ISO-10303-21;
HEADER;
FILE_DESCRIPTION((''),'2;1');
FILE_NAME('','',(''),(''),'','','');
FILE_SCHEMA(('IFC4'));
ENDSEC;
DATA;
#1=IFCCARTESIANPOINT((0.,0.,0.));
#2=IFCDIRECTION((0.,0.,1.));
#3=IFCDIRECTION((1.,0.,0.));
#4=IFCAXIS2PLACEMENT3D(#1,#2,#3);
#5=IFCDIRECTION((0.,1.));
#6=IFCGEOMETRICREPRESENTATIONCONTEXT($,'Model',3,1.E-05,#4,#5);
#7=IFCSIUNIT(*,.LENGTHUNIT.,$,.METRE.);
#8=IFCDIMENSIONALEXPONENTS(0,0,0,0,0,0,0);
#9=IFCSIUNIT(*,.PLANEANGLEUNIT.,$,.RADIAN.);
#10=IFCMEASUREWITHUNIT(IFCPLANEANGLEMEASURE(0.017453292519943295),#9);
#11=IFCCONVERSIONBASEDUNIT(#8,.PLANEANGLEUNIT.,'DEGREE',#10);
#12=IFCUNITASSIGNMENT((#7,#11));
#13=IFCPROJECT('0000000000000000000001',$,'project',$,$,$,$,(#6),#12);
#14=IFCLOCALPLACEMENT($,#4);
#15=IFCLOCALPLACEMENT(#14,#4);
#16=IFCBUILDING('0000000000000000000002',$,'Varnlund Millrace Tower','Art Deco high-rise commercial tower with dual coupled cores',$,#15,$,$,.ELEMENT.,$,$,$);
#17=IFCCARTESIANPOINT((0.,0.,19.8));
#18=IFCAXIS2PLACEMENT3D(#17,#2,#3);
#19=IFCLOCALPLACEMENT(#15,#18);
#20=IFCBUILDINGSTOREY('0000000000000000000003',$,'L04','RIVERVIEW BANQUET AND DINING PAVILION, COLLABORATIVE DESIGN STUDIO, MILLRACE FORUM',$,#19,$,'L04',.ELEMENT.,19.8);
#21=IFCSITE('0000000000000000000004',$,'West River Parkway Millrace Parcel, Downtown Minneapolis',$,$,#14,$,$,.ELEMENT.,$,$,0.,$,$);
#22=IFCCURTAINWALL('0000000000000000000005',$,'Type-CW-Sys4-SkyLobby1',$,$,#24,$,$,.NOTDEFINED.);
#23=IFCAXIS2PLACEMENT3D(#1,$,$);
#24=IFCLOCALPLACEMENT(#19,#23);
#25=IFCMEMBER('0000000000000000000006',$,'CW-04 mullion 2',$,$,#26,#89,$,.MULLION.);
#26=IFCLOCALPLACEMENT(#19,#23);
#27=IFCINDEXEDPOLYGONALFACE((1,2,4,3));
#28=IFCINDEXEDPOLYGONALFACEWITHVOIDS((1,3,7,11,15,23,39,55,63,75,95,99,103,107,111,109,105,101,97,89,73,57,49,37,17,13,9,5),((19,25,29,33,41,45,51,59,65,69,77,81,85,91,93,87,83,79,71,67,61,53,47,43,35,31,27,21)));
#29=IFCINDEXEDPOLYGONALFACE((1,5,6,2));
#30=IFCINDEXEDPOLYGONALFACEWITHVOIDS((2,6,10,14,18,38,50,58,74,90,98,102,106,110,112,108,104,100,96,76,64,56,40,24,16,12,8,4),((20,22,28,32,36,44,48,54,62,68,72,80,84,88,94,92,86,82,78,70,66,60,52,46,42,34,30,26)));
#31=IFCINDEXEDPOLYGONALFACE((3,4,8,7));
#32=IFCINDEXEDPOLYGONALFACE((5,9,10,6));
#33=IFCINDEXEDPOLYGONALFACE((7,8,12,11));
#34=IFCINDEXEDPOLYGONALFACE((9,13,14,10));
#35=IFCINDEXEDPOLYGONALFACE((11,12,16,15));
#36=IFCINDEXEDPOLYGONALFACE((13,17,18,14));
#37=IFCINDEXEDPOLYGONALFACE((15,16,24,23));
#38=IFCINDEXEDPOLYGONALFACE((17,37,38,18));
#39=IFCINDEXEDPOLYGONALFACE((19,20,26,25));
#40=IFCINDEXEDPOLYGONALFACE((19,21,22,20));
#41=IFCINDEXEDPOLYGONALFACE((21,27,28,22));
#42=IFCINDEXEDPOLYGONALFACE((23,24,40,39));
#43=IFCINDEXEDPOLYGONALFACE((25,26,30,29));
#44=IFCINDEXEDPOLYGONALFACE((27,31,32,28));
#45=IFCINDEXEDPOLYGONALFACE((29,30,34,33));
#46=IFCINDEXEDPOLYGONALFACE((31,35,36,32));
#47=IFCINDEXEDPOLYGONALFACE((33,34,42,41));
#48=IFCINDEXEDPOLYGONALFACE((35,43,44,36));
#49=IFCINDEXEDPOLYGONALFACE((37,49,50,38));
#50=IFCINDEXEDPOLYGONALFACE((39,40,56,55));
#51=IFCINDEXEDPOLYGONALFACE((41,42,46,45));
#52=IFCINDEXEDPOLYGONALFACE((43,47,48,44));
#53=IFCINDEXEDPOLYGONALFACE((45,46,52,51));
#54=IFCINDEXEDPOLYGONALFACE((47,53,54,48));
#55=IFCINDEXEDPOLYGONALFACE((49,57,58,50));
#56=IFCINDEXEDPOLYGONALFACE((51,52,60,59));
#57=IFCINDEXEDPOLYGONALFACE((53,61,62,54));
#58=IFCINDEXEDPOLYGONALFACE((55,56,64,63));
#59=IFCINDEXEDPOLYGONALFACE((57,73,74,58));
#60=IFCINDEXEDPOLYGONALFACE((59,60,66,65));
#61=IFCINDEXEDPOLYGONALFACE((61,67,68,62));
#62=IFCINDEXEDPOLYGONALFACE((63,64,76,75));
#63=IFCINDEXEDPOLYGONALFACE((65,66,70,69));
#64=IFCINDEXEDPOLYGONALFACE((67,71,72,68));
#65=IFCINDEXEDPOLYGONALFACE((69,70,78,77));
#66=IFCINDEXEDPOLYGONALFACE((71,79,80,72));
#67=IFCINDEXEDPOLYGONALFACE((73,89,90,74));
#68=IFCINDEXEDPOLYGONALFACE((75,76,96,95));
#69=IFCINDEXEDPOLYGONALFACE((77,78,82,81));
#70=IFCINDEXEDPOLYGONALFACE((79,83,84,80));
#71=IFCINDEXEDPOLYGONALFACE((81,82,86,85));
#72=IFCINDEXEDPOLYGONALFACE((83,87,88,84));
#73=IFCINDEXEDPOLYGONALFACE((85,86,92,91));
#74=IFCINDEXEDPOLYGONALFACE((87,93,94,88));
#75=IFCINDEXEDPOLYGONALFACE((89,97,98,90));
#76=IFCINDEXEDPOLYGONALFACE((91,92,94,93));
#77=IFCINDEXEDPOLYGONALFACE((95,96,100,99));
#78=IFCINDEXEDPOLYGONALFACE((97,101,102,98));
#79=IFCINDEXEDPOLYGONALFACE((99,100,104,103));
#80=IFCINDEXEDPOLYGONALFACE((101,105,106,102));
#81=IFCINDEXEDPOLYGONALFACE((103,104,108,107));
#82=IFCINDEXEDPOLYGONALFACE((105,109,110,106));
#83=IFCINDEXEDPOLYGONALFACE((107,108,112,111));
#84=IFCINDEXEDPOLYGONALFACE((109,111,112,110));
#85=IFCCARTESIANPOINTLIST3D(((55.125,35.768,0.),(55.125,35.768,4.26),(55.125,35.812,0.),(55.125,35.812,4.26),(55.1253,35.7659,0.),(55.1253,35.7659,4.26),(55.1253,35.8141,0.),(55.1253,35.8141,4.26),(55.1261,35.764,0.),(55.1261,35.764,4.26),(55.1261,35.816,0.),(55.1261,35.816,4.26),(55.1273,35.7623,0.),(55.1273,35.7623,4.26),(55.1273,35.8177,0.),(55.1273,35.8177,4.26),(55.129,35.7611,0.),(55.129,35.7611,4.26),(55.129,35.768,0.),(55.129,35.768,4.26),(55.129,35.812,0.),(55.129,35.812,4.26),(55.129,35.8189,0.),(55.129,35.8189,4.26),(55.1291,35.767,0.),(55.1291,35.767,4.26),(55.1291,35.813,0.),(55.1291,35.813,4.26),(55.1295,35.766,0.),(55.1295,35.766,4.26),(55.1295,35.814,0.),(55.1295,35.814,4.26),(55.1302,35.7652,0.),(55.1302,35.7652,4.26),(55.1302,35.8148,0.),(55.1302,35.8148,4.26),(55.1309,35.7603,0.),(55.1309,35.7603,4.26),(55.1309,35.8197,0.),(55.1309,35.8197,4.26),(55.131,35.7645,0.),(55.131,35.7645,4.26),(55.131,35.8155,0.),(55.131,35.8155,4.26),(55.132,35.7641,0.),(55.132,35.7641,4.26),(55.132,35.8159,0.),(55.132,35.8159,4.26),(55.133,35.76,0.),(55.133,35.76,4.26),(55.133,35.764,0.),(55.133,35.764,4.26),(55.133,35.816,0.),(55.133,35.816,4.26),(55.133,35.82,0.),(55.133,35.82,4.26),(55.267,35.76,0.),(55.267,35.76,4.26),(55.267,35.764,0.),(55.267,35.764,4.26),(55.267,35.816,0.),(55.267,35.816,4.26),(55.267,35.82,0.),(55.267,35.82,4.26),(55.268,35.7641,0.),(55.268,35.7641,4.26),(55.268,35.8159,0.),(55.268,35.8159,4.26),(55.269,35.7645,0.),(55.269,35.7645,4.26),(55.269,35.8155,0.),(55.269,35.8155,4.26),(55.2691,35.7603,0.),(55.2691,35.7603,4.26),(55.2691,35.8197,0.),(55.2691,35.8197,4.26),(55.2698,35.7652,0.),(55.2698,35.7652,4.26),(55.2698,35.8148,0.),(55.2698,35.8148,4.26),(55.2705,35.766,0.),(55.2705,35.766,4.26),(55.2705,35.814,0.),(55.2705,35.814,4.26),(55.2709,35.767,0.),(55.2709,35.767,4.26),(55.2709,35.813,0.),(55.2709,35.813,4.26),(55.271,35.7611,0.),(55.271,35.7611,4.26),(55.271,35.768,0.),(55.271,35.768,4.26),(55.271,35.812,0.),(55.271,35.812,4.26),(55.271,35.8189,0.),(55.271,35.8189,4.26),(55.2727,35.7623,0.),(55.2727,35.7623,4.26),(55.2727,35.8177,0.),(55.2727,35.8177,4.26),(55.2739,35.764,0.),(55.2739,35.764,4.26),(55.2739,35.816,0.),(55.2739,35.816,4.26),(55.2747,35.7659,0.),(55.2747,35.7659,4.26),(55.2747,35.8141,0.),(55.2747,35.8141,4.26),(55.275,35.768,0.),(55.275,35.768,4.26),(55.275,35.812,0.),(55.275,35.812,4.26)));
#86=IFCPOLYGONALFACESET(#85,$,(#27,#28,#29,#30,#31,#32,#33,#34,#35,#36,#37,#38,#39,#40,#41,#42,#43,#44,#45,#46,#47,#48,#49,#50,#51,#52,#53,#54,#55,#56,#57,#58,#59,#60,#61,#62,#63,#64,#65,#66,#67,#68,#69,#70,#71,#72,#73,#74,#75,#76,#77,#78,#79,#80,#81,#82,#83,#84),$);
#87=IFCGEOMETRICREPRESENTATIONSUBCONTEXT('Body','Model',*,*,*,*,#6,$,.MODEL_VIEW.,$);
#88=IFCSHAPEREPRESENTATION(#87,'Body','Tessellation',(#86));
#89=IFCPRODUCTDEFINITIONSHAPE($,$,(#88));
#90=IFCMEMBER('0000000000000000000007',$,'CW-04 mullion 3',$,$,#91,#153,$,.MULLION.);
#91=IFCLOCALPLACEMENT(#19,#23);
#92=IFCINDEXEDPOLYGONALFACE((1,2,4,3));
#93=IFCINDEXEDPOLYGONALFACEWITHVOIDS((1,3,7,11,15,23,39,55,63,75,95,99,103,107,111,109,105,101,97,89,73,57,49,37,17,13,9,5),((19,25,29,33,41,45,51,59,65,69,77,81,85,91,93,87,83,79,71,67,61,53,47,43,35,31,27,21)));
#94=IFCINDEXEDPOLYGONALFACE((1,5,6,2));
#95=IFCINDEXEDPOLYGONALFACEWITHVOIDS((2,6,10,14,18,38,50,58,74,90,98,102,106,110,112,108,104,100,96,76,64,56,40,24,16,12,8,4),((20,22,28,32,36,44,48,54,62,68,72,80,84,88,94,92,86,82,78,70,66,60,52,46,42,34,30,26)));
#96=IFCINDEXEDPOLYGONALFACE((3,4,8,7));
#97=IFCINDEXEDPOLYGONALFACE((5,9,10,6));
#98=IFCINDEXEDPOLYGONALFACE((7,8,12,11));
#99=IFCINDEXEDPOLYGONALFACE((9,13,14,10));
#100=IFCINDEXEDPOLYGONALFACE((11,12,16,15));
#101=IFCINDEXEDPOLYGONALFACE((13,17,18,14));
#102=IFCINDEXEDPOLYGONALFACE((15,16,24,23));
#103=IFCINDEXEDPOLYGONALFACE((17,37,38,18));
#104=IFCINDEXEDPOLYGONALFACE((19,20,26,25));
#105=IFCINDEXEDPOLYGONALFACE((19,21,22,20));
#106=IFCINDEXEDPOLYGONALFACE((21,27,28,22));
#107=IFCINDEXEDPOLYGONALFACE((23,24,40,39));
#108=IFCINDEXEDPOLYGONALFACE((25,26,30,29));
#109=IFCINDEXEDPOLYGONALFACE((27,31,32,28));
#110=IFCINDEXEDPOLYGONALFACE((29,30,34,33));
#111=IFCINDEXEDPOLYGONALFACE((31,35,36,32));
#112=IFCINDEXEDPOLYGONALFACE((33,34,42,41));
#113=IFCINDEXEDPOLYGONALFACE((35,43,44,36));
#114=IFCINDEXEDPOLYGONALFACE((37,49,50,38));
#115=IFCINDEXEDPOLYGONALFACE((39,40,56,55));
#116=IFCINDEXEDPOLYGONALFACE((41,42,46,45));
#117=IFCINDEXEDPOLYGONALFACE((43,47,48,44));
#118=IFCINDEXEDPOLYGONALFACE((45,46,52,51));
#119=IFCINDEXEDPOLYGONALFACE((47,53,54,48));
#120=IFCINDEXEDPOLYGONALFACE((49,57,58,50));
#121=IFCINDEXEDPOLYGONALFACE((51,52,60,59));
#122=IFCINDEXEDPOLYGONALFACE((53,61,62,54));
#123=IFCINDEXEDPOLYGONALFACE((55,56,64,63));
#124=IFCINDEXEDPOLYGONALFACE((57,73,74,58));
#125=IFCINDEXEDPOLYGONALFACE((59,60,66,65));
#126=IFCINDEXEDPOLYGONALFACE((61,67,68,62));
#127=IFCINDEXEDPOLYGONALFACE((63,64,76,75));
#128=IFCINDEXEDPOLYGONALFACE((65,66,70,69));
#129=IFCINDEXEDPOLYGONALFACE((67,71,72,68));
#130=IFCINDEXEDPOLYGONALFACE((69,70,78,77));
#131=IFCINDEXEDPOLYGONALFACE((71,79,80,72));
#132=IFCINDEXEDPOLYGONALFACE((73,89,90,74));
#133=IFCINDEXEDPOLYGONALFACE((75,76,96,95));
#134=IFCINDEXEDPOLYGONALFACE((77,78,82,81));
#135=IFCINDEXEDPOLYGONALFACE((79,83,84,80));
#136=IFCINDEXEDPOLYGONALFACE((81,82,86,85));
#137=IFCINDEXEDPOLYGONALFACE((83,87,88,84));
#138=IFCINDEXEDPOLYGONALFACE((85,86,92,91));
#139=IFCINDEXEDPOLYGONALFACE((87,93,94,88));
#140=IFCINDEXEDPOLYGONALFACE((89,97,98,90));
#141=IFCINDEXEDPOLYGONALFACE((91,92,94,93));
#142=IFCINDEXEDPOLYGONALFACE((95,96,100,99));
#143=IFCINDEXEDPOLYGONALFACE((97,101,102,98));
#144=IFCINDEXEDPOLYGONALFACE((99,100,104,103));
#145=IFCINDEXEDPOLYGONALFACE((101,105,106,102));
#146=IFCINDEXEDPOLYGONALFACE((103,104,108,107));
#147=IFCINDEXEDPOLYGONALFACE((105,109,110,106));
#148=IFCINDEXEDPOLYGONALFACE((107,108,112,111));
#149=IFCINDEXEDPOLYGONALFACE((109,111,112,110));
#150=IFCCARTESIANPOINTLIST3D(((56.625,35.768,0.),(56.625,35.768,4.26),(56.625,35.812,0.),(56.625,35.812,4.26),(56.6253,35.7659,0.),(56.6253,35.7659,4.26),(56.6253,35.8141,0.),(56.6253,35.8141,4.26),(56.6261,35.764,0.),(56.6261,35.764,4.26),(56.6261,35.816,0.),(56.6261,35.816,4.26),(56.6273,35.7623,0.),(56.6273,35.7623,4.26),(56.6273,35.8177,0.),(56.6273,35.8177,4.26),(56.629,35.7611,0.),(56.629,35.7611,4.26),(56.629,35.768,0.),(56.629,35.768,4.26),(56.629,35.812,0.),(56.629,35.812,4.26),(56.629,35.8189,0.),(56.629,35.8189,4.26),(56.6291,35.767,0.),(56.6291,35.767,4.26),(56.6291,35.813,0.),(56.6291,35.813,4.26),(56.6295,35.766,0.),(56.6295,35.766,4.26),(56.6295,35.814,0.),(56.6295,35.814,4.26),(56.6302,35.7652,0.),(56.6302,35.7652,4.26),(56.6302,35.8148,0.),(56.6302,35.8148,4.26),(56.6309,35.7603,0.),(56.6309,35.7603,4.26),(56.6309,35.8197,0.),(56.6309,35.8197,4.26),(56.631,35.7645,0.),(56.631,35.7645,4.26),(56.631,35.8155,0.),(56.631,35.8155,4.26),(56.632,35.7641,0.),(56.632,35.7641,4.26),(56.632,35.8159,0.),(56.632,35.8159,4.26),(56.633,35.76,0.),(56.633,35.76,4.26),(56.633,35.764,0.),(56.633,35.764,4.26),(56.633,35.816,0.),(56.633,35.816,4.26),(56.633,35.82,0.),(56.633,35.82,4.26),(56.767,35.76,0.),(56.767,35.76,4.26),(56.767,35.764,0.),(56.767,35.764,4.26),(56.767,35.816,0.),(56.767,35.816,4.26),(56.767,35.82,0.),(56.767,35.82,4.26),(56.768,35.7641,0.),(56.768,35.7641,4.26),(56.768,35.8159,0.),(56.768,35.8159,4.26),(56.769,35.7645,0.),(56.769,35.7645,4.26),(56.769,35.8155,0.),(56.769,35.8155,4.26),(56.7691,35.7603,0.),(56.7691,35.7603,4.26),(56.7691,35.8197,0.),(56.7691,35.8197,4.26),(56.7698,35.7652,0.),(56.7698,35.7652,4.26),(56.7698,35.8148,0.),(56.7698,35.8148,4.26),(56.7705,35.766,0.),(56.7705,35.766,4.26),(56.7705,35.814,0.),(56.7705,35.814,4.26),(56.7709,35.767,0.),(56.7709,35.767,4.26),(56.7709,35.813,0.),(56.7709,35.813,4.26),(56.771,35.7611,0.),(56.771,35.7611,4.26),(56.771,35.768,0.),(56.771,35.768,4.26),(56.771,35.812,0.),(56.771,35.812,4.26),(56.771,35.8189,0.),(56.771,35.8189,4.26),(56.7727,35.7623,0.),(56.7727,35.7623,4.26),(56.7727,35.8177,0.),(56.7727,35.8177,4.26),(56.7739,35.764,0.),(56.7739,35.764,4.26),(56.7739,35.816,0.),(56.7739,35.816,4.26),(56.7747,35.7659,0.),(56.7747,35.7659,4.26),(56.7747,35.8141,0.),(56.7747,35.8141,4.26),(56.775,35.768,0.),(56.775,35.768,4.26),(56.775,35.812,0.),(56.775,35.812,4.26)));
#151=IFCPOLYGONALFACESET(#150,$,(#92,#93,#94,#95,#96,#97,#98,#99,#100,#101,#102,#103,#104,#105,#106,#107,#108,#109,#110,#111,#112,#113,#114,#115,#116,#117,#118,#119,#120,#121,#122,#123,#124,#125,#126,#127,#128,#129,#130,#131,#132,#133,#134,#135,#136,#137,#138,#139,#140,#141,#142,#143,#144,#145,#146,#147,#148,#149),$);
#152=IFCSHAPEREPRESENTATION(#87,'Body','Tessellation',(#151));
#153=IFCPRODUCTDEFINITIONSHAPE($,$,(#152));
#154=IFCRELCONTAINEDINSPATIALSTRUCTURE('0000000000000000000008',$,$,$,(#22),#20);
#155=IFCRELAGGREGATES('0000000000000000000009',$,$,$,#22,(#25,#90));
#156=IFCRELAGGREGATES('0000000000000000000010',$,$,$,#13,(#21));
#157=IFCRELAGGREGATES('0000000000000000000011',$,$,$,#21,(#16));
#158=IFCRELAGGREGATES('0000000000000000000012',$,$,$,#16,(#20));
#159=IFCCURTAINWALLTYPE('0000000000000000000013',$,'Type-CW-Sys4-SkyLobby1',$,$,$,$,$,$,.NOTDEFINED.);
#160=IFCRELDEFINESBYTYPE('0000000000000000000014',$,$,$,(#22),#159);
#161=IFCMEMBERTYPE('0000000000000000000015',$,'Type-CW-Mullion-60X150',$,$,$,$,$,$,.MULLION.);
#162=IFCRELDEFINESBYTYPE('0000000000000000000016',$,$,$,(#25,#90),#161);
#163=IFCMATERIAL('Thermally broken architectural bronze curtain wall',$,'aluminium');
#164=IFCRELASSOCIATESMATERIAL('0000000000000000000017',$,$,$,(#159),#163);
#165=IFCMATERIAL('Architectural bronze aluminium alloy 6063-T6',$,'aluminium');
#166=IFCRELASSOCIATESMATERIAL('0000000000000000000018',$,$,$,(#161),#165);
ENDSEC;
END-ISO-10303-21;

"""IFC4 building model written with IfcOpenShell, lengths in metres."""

from ifc_helpers import new_model, entity, si_unit, converted_unit, direction, frame, origin_with_axes, origin_2d_with_axis, place, context, subcontext, project, spatial, hollow_rectangle, extrude, material, material_profile, profile_set, type_object, element, aggregate, save


model = new_model("IFC4")

# Units and contexts
model_context = context("Model", 3, precision=1e-05, world=origin_with_axes(), true_north=direction((0.0, 1.0)))
body_context = subcontext(model_context, "Body", "Model", "MODEL_VIEW")
ifc_project = project(units=[si_unit("LENGTHUNIT", "METRE"), converted_unit("PLANEANGLEUNIT", "DEGREE", entity("IfcPlaneAngleMeasure", 0.017453292519943295), si_unit("PLANEANGLEUNIT", "RADIAN"), dimensions=[0, 0, 0, 0, 0, 0, 0])], contexts=[model_context])

# Site, building, storey
site_placement = place(None, origin_with_axes())
site = spatial("IfcSite", under=ifc_project, at=site_placement, Name="West River Parkway Millrace Parcel, Downtown Minneapolis", CompositionType="ELEMENT", RefElevation=0.0)
building_placement = place(site_placement, origin_with_axes())
building = spatial("IfcBuilding", under=site, at=building_placement, Name="Varnlund Millrace Tower", Description="Art Deco high-rise commercial tower with dual coupled cores", CompositionType="ELEMENT")
storey_placement = place(building_placement, frame((0.0, 0.0, 19.8), z_axis=(0.0, 0.0, 1.0), x_axis=(1.0, 0.0, 0.0)))
storey = spatial("IfcBuildingStorey", under=building, at=storey_placement, Name="L04", Description="RIVERVIEW BANQUET AND DINING PAVILION, COLLABORATIVE DESIGN STUDIO, MILLRACE FORUM", LongName="L04", CompositionType="ELEMENT", Elevation=19.8)

# Curtain wall, members
ifc_material_1 = material(Name="Thermally broken architectural bronze curtain wall", Category="aluminium")
curtain_wall_type = type_object("IfcCurtainWallType", Name="Type-CW-Sys4-SkyLobby1", PredefinedType="NOTDEFINED", material=ifc_material_1)
curtain_wall_placement = place(storey_placement, frame((53.7, 35.79, 0.0), z_axis=(0.0, 0.0, 1.0), x_axis=(1.0, 0.0, 0.0)))
curtain_wall = element("IfcCurtainWall", 1, at=curtain_wall_placement, inside=storey, type_object=curtain_wall_type, Name="Type-CW-Sys4-SkyLobby1", PredefinedType="NOTDEFINED")
ifc_material_2 = material(Name="Architectural bronze aluminium alloy 6063-T6", Category="aluminium")
ifc_material_profile_1 = material_profile(ifc_material_2, hollow_rectangle(XDim=0.06, YDim=0.15, WallThickness=0.004, InnerFilletRadius=0.004, OuterFilletRadius=0.008, at=origin_2d_with_axis()), Name="Architectural bronze aluminium alloy 6063-T6")
ifc_profile_set_1 = profile_set([ifc_material_profile_1], Name="Architectural bronze aluminium alloy 6063-T6")
member_type_1 = type_object("IfcMemberType", Name="Type-CW-Mullion-60X150", PredefinedType="MULLION", material=ifc_profile_set_1)
member_1_placement = place(storey_placement, frame((55.2, 35.79, 0.0), z_axis=(0.0, 0.0, 1.0), x_axis=(0.0, 1.0, 0.0)))
member_1 = element("IfcMember", 2, at=member_1_placement, type_object=member_type_1, Name="CW-04 mullion 2", PredefinedType="MULLION", context=body_context, shape_type="SweptSolid", body=[
    extrude(hollow_rectangle(XDim=0.06, YDim=0.15, WallThickness=0.004, InnerFilletRadius=0.004, OuterFilletRadius=0.008, at=origin_2d_with_axis()), origin_with_axes(), (0.0, 0.0, 1.0), 4.26),
])
member_2_placement = place(storey_placement, frame((56.7, 35.79, 0.0), z_axis=(0.0, 0.0, 1.0), x_axis=(0.0, 1.0, 0.0)))
member_2 = element("IfcMember", 3, at=member_2_placement, type_object=member_type_1, Name="CW-04 mullion 3", PredefinedType="MULLION", context=body_context, shape_type="SweptSolid", body=[
    extrude(hollow_rectangle(XDim=0.06, YDim=0.15, WallThickness=0.004, InnerFilletRadius=0.004, OuterFilletRadius=0.008, at=origin_2d_with_axis()), origin_with_axes(), (0.0, 0.0, 1.0), 4.26),
])
aggregate(curtain_wall, [member_1, member_2])

save(model, "model.ifc")
